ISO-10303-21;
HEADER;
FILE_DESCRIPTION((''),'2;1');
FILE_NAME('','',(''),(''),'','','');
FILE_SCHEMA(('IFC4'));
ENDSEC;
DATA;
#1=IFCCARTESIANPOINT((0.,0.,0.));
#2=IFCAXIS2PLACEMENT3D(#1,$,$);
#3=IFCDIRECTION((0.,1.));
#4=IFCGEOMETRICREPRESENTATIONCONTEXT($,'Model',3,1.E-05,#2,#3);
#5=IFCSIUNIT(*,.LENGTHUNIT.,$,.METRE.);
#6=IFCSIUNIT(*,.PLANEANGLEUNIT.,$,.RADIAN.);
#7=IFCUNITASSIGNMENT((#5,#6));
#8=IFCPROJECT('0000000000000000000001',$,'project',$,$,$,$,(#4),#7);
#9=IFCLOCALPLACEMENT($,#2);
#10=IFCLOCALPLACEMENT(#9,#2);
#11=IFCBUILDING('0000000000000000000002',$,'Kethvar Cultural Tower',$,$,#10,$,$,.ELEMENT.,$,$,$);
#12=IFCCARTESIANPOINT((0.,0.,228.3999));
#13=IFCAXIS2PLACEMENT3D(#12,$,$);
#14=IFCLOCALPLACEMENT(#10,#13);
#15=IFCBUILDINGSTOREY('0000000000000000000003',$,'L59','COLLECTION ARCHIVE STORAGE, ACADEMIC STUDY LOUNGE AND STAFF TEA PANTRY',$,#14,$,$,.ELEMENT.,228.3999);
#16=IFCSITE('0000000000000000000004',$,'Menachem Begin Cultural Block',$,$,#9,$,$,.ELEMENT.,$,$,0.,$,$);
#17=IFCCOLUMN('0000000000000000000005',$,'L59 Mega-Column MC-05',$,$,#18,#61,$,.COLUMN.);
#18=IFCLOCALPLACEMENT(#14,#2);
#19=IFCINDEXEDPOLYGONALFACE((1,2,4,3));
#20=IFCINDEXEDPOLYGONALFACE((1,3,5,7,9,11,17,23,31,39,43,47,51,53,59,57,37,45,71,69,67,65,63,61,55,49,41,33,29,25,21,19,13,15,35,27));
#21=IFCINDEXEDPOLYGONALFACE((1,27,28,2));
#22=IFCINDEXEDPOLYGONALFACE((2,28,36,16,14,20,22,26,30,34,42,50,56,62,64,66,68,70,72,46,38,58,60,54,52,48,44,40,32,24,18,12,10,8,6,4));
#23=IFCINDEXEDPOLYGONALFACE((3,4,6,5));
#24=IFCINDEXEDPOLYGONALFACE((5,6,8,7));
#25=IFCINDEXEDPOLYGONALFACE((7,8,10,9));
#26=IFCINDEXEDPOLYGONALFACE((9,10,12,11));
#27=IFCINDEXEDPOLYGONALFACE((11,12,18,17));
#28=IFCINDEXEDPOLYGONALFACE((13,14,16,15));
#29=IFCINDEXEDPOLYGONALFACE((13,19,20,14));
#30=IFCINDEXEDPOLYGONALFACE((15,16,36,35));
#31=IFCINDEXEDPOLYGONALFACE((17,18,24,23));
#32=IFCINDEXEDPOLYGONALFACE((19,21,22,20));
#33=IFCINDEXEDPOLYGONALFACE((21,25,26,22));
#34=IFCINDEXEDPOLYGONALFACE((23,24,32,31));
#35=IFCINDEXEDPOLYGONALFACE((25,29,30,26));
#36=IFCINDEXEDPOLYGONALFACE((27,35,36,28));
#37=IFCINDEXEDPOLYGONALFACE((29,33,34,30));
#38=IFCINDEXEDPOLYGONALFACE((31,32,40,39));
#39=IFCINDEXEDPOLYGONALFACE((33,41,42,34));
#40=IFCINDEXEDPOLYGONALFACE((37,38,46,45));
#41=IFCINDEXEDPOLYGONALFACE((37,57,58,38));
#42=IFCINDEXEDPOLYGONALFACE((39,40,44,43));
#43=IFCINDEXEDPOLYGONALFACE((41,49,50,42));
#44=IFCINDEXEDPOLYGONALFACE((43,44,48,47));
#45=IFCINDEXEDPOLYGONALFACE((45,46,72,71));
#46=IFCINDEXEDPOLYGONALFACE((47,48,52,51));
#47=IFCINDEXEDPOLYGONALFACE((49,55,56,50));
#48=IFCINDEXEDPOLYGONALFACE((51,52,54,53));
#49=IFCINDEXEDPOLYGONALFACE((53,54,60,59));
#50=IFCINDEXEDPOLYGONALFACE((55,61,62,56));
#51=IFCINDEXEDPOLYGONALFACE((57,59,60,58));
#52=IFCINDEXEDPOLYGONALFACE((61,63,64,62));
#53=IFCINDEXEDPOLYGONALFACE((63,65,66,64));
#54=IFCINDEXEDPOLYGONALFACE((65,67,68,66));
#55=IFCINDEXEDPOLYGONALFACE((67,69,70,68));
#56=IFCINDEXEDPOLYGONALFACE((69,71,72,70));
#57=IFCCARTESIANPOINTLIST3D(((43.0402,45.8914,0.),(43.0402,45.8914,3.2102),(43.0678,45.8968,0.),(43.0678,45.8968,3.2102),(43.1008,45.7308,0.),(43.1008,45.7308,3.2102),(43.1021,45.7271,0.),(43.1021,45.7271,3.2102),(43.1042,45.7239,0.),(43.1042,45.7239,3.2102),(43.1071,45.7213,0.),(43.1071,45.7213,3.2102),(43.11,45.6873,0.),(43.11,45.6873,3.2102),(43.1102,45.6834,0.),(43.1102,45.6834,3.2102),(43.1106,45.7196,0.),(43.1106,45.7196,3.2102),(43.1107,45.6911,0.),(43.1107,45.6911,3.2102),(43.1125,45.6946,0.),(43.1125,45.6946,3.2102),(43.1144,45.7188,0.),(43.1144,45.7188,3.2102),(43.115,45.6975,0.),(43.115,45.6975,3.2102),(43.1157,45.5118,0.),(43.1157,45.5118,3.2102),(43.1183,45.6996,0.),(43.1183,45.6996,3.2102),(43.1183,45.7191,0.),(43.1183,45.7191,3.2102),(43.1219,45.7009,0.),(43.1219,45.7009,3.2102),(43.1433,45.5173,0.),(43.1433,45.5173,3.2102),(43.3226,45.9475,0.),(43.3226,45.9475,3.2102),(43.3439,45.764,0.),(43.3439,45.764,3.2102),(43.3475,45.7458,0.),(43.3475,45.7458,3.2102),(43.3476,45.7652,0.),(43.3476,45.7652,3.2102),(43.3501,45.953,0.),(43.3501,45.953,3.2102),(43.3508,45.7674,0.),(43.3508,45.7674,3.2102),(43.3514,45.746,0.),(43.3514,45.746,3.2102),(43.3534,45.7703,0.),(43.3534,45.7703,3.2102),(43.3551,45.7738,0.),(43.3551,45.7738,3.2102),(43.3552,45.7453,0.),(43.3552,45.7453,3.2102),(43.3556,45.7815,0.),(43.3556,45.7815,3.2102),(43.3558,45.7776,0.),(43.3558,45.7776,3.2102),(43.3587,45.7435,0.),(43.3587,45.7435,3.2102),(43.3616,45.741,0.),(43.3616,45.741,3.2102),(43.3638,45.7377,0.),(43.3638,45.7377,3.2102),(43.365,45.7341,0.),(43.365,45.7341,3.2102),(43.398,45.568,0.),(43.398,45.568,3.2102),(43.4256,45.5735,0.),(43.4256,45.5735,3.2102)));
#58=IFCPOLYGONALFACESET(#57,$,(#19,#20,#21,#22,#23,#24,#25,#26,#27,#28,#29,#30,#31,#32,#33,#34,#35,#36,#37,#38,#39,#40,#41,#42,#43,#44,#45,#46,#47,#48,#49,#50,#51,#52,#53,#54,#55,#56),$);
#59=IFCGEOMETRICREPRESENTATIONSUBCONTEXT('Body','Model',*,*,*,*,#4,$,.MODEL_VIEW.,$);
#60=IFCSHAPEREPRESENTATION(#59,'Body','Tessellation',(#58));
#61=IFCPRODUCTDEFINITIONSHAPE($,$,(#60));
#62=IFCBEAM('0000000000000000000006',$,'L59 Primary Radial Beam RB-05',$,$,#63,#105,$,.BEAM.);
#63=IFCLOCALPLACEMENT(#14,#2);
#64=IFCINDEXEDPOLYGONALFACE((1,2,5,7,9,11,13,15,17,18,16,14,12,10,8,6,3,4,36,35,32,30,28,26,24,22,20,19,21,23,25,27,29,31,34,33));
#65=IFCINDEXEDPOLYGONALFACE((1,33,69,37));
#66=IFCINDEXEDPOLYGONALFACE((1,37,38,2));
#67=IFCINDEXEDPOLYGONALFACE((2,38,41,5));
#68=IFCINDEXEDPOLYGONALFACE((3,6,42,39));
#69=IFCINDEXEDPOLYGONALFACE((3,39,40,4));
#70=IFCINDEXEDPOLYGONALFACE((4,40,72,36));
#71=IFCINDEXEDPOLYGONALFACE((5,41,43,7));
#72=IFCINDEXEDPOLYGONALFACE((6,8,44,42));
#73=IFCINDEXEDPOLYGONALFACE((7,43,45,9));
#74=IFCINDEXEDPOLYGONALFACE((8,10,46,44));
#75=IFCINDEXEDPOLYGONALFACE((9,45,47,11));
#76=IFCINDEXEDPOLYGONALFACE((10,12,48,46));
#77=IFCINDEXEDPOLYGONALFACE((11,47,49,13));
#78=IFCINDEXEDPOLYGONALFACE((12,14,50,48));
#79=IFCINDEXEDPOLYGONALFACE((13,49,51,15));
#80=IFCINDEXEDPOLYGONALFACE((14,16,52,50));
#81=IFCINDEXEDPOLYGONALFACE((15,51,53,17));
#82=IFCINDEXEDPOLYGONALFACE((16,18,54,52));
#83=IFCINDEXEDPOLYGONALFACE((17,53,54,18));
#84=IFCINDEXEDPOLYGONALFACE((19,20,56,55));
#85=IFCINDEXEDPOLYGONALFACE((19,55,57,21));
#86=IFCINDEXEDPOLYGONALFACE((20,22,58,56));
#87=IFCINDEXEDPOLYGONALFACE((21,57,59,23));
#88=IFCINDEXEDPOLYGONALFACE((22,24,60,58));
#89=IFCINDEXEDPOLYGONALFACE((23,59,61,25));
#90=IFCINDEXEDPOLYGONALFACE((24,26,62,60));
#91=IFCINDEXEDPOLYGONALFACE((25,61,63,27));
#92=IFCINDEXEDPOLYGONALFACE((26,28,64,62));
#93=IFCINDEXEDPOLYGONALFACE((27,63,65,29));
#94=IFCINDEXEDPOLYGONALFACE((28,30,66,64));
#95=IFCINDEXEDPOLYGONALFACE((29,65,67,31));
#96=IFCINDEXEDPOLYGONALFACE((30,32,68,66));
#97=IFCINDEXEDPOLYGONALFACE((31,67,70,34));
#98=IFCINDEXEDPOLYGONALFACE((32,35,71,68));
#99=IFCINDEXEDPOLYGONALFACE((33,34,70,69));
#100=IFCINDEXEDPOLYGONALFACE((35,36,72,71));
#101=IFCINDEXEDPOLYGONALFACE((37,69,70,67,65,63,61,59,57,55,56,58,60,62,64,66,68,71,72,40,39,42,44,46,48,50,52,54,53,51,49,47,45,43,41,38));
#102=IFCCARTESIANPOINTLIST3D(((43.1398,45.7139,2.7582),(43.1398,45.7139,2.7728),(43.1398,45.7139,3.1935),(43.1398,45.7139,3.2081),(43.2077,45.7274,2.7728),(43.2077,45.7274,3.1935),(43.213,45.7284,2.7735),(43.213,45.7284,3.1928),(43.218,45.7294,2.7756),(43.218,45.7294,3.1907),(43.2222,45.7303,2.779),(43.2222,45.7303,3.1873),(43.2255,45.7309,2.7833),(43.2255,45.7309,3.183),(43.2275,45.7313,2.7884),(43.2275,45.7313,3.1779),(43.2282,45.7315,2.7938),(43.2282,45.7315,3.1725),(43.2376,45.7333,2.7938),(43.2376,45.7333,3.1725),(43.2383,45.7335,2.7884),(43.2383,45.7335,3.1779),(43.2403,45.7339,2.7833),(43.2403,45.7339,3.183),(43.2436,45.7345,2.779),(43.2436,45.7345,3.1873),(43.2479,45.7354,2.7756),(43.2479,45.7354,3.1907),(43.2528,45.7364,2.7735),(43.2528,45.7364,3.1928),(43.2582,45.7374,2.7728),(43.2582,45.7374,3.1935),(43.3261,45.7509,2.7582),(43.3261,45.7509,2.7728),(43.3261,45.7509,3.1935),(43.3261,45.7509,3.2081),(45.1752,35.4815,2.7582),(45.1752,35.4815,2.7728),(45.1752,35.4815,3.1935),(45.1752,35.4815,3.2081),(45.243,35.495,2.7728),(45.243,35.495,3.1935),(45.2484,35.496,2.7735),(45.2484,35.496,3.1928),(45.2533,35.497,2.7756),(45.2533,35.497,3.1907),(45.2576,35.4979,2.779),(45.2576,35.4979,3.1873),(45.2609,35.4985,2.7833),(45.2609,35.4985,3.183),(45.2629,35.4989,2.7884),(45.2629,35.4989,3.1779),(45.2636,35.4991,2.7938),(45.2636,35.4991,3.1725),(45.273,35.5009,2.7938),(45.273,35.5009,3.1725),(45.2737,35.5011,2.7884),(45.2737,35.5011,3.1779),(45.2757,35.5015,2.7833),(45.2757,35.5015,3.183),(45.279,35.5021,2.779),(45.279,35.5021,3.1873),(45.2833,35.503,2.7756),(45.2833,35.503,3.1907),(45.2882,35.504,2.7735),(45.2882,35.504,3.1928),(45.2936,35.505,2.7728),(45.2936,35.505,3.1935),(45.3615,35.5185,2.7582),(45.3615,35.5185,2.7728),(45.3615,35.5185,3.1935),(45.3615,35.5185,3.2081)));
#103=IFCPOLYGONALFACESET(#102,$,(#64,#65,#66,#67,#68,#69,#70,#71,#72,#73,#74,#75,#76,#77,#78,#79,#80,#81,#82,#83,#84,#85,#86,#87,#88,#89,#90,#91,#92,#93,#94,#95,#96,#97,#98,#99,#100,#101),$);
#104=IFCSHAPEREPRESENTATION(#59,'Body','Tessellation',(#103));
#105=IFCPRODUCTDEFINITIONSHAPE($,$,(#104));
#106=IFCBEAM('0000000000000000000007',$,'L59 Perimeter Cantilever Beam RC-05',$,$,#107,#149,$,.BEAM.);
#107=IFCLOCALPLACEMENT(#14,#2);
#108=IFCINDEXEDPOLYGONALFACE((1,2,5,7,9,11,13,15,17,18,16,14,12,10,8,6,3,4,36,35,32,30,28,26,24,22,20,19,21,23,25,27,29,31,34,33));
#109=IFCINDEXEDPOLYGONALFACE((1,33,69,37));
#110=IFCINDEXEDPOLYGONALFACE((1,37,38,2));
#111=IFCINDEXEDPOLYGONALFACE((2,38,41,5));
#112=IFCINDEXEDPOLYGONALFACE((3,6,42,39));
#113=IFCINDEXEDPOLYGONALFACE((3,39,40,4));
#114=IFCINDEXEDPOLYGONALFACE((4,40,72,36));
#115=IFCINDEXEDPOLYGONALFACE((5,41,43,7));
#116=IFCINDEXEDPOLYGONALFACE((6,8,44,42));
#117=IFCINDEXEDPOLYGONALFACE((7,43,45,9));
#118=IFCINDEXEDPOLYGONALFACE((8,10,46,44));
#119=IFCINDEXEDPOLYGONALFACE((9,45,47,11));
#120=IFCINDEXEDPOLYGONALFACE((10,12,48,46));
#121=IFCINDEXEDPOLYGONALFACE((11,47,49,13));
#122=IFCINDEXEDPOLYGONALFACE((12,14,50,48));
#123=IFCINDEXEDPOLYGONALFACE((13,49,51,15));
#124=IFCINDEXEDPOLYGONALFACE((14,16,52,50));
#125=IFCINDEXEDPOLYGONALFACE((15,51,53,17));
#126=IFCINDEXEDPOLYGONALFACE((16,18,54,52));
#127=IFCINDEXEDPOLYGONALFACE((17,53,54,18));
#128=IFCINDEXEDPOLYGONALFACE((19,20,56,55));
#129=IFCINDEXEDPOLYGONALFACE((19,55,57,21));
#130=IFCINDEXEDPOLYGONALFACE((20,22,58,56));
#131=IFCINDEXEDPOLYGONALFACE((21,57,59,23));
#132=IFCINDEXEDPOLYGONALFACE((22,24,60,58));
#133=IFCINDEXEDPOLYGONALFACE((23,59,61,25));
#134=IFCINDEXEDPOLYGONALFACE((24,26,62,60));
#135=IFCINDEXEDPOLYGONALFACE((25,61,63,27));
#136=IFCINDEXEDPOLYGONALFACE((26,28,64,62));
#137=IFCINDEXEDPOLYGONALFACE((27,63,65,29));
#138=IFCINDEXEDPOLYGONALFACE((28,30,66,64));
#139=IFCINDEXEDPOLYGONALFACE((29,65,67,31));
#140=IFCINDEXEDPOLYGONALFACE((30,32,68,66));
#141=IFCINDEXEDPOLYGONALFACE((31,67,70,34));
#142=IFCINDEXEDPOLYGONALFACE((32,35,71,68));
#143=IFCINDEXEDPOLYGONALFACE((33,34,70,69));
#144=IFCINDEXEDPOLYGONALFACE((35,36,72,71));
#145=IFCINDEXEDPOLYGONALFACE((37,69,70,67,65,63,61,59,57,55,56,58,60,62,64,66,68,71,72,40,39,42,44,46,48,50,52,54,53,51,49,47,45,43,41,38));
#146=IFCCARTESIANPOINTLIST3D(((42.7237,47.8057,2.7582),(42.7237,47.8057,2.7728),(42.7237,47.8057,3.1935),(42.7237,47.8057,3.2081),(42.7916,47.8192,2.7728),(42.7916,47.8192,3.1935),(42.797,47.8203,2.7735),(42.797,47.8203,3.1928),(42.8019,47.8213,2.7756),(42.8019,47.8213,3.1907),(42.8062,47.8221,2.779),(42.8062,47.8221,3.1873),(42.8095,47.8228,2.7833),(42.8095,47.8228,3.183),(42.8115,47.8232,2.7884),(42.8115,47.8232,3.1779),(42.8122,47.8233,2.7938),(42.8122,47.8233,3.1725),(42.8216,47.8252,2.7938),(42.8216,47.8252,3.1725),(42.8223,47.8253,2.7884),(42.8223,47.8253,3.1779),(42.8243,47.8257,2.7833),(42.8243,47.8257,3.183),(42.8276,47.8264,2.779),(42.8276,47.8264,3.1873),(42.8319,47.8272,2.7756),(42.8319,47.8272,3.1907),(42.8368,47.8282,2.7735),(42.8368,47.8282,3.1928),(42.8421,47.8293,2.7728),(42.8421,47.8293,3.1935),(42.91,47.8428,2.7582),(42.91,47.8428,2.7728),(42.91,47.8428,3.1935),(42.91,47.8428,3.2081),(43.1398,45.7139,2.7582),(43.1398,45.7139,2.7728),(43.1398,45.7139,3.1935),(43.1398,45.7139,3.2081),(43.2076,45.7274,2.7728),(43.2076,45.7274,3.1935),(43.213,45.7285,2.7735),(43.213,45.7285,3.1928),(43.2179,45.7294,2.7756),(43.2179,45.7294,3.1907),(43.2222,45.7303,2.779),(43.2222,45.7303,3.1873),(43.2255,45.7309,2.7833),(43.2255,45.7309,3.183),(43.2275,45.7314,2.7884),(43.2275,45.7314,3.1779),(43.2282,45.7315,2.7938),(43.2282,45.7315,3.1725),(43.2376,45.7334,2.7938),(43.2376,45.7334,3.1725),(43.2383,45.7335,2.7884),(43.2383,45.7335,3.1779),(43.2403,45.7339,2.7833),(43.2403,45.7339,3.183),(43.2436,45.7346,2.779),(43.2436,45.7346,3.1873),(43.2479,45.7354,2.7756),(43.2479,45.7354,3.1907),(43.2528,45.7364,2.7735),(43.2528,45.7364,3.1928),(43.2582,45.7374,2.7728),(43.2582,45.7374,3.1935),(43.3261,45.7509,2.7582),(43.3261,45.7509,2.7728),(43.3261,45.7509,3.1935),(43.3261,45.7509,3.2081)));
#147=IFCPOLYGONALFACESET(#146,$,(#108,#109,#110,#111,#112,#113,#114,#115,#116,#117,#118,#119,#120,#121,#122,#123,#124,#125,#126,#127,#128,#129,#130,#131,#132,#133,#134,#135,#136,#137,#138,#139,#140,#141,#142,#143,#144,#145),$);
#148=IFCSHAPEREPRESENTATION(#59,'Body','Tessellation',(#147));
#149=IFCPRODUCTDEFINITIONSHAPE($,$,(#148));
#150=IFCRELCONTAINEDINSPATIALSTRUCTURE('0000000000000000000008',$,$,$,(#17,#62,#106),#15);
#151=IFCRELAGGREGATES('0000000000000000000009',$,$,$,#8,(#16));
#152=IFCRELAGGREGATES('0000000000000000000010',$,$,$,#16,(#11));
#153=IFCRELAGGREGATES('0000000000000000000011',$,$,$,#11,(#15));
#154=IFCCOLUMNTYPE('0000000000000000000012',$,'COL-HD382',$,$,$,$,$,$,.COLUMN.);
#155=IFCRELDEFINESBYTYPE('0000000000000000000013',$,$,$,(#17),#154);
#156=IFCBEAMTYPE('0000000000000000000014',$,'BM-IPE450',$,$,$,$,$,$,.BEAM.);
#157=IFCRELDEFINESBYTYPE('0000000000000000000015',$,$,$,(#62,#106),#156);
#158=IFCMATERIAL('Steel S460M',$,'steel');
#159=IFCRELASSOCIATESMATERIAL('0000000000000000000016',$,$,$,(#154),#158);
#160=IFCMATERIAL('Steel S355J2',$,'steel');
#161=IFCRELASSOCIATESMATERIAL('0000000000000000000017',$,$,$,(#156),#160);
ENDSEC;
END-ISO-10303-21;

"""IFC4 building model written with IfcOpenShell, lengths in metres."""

from ifc_helpers import new_model, si_unit, direction, frame, origin, origin_2d, place, context, subcontext, project, spatial, i_section, extrude, source, transform, mapped, material, material_profile, profile_set, type_object, element, save


model = new_model("IFC4")

# Units and contexts
model_context = context("Model", 3, precision=1e-05, world=origin(), true_north=direction((0.0, 1.0)))
body_context = subcontext(model_context, "Body", "Model", "MODEL_VIEW")
ifc_project = project(units=[si_unit("LENGTHUNIT", "METRE"), si_unit("PLANEANGLEUNIT", "RADIAN")], contexts=[model_context])

# Site, building, storey
site_placement = place(None, origin())
site = spatial("IfcSite", under=ifc_project, at=site_placement, Name="Menachem Begin Cultural Block", CompositionType="ELEMENT", RefElevation=0.0)
building_placement = place(site_placement, origin())
building = spatial("IfcBuilding", under=site, at=building_placement, Name="Kethvar Cultural Tower", CompositionType="ELEMENT")
storey_placement = place(building_placement, frame((0.0, 0.0, 228.3999)))
storey = spatial("IfcBuildingStorey", under=building, at=storey_placement, Name="L59", Description="COLLECTION ARCHIVE STORAGE, ACADEMIC STUDY LOUNGE AND STAFF TEA PANTRY", CompositionType="ELEMENT", Elevation=228.3999)

# Column
ifc_material_1 = material(Name="Steel S460M", Category="steel")
ifc_material_profile_1 = material_profile(ifc_material_1, i_section(OverallWidth=0.387, OverallDepth=0.3159, WebThickness=0.0186, FlangeThickness=0.0281, FilletRadius=0.0149, at=origin_2d()), Name="Steel S460M — HD400x382")
ifc_profile_set_1 = profile_set([ifc_material_profile_1], Name="Steel S460M — HD400x382")
column_type = type_object("IfcColumnType", Name="COL-HD382", PredefinedType="COLUMN", material=ifc_profile_set_1)
shared_shape_1 = source(origin(), body_context, "Body", "SweptSolid", [
    extrude(i_section(OverallWidth=0.387, OverallDepth=0.3159, WebThickness=0.0186, FlangeThickness=0.0281, FilletRadius=0.0149, at=origin_2d()), origin(), (0.0, 0.0, 1.0), 3.2102),
])
column_placement = place(storey_placement, frame((43.2329, 45.7324, 0.0), z_axis=(0.0, 0.0, 1.0), x_axis=(-0.19509, 0.980785, 0.0)))
element("IfcColumn", 1, at=column_placement, inside=storey, type_object=column_type, Name="L59 Mega-Column MC-05", PredefinedType="COLUMN", context=body_context, shape_type="MappedRepresentation", body=[
    mapped(shared_shape_1, transform((0.0, 0.0, 0.0), scale=1.0)),
])

# Beams
ifc_material_2 = material(Name="Steel S355J2", Category="steel")
ifc_material_profile_2 = material_profile(ifc_material_2, i_section(OverallWidth=0.1899, OverallDepth=0.45, WebThickness=0.0095, FlangeThickness=0.0146, FilletRadius=0.021, at=origin_2d()), Name="Steel S355J2 — IPE450")
ifc_profile_set_2 = profile_set([ifc_material_profile_2], Name="Steel S355J2 — IPE450")
beam_type_1 = type_object("IfcBeamType", Name="BM-IPE450", PredefinedType="BEAM", material=ifc_profile_set_2)
shared_shape_2 = source(origin(), body_context, "Body", "SweptSolid", [
    extrude(i_section(OverallWidth=0.1899, OverallDepth=0.45, WebThickness=0.0095, FlangeThickness=0.0146, FilletRadius=0.021, at=origin_2d()), origin(), (0.0, 0.0, 1.0), 10.4329),
])
beam_1_placement = place(storey_placement, frame((45.2683, 35.5, 2.9832), z_axis=(-0.195094, 0.980784, 0.0), x_axis=(-0.980784, -0.195094, 0.0)))
element("IfcBeam", 2, at=beam_1_placement, inside=storey, type_object=beam_type_1, Name="L59 Primary Radial Beam RB-05", PredefinedType="BEAM", context=body_context, shape_type="MappedRepresentation", body=[
    mapped(shared_shape_2, transform((0.0, 0.0, 0.0), scale=1.0)),
])
shared_shape_3 = source(origin(), body_context, "Body", "SweptSolid", [
    extrude(i_section(OverallWidth=0.1899, OverallDepth=0.45, WebThickness=0.0095, FlangeThickness=0.0146, FilletRadius=0.021, at=origin_2d()), origin(), (0.0, 0.0, 1.0), 2.1328),
])
beam_2_placement = place(storey_placement, frame((43.2329, 45.7324, 2.9832), z_axis=(-0.195059, 0.980791, 0.0), x_axis=(-0.980791, -0.195059, 0.0)))
element("IfcBeam", 3, at=beam_2_placement, inside=storey, type_object=beam_type_1, Name="L59 Perimeter Cantilever Beam RC-05", PredefinedType="BEAM", context=body_context, shape_type="MappedRepresentation", body=[
    mapped(shared_shape_3, transform((0.0, 0.0, 0.0), scale=1.0)),
])

save(model, "model.ifc")
